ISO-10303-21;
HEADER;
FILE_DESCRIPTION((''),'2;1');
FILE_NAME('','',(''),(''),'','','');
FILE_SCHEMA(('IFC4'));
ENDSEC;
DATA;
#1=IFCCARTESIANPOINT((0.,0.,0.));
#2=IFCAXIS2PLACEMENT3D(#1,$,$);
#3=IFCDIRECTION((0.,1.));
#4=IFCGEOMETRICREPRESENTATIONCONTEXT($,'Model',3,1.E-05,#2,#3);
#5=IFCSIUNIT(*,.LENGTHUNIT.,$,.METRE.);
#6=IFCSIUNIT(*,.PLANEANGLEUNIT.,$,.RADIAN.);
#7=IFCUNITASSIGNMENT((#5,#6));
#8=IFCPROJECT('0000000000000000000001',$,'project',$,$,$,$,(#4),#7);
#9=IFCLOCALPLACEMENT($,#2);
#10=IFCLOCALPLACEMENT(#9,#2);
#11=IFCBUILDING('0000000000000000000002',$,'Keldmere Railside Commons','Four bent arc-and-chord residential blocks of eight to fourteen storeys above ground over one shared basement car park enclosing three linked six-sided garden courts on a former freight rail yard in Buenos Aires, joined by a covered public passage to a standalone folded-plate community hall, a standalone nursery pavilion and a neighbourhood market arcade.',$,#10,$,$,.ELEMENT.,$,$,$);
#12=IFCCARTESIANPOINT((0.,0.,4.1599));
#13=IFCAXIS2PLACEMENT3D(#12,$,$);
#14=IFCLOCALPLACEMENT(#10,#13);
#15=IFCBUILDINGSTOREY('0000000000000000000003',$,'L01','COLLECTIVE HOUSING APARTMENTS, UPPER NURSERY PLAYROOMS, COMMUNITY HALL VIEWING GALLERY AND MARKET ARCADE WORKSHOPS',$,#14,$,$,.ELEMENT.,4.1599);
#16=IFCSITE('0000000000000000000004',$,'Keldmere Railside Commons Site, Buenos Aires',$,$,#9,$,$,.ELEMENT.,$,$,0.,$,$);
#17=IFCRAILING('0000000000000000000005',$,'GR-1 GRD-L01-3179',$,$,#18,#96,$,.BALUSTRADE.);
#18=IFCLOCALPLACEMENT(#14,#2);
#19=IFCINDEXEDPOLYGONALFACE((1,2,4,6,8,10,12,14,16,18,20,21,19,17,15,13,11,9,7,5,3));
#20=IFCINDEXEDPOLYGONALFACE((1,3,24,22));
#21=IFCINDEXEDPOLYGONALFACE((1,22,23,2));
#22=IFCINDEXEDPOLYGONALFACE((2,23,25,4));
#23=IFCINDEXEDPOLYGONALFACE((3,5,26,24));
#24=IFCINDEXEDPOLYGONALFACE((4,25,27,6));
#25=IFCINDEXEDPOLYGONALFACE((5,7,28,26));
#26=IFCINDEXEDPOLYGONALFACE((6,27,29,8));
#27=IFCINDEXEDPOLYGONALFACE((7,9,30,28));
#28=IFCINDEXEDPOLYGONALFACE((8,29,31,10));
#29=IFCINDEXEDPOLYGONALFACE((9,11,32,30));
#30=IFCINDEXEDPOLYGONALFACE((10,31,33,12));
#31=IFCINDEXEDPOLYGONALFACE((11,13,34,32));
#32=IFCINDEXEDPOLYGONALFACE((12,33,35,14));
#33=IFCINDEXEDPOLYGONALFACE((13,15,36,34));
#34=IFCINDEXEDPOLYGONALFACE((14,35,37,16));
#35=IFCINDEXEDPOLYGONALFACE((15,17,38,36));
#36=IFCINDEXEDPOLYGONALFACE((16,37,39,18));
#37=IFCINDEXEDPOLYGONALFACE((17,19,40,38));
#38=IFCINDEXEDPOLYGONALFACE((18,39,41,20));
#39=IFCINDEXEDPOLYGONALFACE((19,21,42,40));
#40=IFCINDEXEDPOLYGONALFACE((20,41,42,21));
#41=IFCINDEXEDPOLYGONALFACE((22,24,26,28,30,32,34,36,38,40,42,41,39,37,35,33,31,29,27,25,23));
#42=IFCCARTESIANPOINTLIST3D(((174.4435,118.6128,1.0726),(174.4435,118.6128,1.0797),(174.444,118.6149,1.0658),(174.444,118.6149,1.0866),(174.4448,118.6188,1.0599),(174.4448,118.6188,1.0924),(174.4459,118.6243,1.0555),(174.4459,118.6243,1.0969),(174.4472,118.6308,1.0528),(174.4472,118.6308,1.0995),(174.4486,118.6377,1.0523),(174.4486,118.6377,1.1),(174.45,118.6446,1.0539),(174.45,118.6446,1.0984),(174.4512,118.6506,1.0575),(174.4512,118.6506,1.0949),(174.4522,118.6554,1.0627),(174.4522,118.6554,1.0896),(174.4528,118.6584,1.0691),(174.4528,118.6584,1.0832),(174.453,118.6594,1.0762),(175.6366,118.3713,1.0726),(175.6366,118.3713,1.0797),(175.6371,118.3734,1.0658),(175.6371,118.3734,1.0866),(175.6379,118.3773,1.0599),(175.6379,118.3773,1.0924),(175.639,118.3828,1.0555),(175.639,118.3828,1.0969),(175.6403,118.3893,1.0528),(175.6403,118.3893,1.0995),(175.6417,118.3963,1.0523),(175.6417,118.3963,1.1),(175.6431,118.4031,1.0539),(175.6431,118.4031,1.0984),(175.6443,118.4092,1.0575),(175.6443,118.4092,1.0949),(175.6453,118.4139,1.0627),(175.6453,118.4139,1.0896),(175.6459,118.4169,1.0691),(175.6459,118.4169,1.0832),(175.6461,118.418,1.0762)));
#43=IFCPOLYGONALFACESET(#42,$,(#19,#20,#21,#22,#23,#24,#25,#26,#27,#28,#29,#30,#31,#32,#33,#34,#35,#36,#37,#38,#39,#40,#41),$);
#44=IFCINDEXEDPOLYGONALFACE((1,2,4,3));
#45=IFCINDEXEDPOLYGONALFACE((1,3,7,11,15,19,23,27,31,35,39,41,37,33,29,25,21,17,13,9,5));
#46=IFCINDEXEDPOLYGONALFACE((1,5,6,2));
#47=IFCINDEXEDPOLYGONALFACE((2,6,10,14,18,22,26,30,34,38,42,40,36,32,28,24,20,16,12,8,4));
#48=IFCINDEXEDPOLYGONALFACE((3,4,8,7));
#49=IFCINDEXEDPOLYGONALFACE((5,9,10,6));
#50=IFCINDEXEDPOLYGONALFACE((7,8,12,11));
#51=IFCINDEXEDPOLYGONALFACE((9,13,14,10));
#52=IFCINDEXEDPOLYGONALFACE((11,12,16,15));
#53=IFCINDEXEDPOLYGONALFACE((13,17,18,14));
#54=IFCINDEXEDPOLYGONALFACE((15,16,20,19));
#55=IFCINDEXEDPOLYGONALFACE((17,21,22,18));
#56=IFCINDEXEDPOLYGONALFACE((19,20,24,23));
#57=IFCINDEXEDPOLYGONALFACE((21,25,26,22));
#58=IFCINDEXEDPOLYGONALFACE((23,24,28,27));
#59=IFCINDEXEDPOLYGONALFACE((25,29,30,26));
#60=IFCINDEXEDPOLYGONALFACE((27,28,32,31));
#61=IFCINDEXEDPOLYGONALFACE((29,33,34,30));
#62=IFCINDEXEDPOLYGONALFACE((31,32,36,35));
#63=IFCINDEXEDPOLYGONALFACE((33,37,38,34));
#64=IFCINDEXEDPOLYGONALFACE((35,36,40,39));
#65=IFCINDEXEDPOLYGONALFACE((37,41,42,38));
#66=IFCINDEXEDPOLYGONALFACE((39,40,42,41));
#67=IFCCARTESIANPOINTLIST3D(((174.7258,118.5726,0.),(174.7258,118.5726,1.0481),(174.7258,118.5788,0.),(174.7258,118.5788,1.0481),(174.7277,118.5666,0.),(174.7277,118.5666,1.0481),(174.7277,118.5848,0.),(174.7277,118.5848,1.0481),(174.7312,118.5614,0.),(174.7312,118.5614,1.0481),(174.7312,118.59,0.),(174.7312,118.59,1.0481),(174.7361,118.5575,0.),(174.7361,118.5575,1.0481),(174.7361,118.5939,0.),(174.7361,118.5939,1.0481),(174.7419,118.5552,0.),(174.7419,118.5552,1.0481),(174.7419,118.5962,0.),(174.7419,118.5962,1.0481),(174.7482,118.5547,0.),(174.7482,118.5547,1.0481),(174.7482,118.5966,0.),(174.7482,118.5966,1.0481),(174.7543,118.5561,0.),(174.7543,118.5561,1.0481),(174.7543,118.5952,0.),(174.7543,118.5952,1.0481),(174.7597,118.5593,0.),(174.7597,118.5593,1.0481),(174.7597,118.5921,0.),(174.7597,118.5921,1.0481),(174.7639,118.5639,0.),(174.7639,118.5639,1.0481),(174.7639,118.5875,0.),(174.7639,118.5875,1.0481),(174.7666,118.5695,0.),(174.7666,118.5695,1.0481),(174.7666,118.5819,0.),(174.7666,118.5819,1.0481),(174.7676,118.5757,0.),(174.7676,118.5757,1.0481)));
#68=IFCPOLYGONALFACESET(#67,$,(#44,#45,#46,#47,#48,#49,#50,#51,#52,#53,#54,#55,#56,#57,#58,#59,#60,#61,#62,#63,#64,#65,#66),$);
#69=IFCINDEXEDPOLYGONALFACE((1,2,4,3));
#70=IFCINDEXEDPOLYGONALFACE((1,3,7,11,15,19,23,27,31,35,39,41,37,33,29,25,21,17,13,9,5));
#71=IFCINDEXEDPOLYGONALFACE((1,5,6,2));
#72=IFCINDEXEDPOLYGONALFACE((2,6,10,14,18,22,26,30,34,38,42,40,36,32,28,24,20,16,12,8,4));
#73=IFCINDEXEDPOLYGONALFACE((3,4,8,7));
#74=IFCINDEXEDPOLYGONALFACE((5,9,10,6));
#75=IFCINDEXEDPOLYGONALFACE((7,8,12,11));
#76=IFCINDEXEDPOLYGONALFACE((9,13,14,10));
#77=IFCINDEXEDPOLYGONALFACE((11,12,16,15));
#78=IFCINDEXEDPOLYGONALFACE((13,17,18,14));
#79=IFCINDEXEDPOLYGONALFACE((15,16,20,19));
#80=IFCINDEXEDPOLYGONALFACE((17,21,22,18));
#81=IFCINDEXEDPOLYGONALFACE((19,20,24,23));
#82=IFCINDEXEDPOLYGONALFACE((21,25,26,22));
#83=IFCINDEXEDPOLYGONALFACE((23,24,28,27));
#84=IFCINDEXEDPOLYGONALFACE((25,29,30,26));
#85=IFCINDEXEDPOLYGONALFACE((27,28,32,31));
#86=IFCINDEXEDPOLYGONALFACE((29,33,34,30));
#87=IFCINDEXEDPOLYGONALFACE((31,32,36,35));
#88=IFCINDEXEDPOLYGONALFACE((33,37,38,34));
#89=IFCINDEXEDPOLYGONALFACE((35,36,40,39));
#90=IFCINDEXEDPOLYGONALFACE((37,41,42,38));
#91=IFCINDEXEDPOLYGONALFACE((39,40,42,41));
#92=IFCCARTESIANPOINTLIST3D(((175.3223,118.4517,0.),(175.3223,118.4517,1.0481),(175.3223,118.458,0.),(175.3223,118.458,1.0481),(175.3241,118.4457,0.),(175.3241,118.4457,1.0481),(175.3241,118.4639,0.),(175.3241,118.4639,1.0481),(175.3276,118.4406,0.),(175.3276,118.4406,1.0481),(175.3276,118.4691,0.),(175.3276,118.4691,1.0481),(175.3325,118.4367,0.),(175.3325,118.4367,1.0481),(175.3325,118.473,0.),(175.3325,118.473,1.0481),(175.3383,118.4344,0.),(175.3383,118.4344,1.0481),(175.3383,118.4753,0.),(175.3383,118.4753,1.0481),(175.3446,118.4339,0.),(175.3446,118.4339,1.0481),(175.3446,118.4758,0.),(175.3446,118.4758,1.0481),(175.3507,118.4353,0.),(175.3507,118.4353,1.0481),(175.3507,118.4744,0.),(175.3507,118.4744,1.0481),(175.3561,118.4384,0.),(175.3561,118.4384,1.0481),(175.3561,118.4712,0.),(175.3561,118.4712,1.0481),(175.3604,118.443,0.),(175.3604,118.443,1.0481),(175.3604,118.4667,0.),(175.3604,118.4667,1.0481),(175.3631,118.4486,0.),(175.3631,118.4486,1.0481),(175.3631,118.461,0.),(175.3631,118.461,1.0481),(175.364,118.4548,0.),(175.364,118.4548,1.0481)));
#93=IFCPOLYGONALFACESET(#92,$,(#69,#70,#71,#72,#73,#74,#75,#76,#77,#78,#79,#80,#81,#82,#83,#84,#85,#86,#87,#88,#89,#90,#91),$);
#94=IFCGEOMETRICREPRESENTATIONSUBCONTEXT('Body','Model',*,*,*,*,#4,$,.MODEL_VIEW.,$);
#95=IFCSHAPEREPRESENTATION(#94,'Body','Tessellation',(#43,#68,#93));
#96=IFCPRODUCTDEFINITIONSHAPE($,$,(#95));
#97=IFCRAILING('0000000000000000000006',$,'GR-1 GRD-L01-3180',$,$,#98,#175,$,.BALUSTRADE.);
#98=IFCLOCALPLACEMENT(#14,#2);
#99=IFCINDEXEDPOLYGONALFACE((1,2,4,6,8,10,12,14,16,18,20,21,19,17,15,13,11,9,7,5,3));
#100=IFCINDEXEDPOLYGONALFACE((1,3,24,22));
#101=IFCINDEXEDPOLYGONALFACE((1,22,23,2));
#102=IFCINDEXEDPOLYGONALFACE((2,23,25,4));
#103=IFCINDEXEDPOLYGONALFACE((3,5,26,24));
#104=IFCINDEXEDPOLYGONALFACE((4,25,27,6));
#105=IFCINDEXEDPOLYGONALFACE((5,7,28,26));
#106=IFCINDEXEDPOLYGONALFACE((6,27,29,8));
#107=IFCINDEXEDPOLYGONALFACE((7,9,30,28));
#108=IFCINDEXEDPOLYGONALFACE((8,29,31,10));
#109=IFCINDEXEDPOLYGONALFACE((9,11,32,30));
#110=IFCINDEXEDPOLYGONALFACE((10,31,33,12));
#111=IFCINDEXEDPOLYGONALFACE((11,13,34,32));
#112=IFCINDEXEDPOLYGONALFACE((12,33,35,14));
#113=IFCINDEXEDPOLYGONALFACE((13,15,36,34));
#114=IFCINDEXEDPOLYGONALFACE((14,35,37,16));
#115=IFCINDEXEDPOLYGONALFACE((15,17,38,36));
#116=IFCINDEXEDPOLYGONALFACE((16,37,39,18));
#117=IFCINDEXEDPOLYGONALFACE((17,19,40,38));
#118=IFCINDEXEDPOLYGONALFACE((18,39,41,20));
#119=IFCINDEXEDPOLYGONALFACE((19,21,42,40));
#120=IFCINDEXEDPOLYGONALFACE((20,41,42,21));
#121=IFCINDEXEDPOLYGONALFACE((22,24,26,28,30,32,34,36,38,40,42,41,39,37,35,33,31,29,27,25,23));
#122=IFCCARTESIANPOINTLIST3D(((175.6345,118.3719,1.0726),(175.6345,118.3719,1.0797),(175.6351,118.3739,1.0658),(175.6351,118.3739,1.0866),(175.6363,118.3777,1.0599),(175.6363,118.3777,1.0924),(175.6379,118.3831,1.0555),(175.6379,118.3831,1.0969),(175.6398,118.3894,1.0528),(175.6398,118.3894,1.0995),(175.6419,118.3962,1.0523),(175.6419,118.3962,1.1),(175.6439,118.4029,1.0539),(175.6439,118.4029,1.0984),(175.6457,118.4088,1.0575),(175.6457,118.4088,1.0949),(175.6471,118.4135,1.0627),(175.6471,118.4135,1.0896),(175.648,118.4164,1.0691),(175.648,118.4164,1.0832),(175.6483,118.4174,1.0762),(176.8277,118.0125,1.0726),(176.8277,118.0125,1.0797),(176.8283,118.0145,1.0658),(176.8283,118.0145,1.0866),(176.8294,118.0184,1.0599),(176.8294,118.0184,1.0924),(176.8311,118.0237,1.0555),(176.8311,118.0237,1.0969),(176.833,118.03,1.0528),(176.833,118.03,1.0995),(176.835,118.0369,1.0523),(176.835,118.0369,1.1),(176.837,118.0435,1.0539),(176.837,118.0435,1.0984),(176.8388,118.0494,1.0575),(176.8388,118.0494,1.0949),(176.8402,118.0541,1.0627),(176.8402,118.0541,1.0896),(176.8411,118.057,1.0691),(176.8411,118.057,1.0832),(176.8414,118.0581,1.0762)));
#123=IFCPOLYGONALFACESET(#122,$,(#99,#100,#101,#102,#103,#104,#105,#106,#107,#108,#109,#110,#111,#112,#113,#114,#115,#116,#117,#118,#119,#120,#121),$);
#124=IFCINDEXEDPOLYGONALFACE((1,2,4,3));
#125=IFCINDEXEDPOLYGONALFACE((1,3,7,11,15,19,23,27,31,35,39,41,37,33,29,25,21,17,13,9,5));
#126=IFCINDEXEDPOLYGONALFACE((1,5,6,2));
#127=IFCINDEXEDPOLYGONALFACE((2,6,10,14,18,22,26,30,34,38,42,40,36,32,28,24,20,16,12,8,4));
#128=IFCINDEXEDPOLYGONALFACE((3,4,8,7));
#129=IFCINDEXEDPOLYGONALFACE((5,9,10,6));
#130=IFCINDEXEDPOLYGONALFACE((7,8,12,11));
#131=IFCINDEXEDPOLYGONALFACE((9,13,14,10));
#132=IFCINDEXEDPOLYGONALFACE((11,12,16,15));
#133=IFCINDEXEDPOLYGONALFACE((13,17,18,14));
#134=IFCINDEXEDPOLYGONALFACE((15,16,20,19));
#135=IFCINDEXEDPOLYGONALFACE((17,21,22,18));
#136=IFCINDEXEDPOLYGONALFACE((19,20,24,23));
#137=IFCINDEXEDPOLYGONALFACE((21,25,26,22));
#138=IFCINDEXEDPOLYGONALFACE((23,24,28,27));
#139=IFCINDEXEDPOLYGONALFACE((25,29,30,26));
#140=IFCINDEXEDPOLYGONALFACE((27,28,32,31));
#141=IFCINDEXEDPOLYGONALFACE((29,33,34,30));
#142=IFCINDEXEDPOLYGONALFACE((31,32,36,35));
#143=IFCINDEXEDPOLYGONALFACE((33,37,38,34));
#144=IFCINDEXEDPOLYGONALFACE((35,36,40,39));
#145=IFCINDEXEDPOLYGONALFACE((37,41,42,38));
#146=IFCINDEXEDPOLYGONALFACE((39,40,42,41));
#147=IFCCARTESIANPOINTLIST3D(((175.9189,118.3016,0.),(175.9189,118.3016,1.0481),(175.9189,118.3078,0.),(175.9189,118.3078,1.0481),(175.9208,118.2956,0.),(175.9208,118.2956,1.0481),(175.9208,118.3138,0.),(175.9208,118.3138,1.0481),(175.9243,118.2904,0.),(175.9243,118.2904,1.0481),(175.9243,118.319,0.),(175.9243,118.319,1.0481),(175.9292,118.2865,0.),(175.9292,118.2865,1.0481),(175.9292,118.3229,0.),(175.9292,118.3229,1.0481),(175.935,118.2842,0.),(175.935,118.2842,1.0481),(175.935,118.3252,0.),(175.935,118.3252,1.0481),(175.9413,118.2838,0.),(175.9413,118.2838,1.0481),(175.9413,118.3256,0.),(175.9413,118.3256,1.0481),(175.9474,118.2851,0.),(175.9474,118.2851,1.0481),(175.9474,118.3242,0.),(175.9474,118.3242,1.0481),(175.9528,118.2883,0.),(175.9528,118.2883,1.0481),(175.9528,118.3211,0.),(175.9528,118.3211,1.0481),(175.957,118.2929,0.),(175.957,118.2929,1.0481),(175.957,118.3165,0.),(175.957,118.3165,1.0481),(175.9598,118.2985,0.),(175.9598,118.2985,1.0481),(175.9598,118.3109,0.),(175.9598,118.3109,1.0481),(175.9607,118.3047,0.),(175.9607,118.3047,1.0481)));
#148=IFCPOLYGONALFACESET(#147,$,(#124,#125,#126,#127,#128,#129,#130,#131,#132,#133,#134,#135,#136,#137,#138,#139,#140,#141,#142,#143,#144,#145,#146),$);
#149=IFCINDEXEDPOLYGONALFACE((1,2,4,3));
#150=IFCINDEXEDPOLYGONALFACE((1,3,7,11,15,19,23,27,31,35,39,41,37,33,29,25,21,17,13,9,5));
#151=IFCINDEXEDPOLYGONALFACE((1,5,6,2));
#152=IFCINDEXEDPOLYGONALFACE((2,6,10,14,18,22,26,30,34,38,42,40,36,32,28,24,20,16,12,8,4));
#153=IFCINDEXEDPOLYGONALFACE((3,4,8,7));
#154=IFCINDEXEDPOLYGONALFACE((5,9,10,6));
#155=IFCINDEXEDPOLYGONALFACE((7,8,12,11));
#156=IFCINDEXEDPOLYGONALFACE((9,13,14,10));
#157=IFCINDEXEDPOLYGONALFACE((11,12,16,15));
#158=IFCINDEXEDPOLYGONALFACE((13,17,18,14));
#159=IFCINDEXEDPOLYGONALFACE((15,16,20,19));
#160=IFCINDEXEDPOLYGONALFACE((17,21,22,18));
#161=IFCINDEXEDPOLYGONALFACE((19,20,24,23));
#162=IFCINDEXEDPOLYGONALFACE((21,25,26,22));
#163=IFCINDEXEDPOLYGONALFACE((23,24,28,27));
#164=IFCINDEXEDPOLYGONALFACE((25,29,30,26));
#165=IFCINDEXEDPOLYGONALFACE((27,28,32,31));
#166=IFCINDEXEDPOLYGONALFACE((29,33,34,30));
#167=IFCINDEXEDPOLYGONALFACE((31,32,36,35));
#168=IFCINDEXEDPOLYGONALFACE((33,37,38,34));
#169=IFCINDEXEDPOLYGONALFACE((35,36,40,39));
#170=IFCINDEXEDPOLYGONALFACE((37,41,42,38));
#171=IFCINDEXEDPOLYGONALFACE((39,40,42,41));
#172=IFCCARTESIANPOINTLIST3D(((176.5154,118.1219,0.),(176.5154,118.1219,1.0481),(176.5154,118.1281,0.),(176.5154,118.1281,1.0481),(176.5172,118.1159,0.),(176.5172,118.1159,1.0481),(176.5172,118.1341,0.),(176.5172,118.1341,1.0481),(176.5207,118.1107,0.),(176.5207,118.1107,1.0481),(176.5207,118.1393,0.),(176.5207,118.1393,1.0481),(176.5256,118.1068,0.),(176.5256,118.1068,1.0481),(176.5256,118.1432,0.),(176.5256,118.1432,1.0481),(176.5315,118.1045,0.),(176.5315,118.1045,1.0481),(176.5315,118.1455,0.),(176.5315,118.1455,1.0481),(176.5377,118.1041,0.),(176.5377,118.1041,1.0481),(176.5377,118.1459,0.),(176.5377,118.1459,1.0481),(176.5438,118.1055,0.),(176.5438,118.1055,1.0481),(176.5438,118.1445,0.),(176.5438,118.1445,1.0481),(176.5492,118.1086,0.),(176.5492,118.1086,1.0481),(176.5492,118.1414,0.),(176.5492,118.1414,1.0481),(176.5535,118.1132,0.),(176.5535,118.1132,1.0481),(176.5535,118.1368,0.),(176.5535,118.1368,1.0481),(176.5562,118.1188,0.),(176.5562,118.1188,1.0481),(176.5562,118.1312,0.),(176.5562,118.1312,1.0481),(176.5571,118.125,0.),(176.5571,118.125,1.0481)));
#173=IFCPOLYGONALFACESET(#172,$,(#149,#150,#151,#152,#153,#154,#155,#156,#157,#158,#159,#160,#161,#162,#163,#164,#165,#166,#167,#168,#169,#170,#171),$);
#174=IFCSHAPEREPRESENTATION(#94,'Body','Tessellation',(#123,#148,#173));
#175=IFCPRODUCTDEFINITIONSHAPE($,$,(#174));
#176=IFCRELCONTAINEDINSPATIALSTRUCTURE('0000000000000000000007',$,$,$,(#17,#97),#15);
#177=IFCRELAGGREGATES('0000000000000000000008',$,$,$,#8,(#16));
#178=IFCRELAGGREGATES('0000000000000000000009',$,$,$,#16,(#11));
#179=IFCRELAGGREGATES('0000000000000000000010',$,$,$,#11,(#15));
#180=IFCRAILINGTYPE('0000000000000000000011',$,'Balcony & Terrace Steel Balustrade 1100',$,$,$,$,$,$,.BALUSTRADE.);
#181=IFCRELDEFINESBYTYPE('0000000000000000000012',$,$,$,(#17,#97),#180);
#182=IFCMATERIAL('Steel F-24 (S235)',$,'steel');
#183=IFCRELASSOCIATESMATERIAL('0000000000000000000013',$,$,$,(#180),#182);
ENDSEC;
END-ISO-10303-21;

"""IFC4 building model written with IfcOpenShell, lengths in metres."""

from ifc_helpers import new_model, si_unit, direction, frame, origin, origin_2d, place, context, subcontext, project, spatial, circle, extrude, material, type_object, element, save


model = new_model("IFC4")

# Units and contexts
model_context = context("Model", 3, precision=1e-05, world=origin(), true_north=direction((0.0, 1.0)))
body_context = subcontext(model_context, "Body", "Model", "MODEL_VIEW")
ifc_project = project(units=[si_unit("LENGTHUNIT", "METRE"), si_unit("PLANEANGLEUNIT", "RADIAN")], contexts=[model_context])

# Site, building, storey
site_placement = place(None, origin())
site = spatial("IfcSite", under=ifc_project, at=site_placement, Name="Keldmere Railside Commons Site, Buenos Aires", CompositionType="ELEMENT", RefElevation=0.0)
building_placement = place(site_placement, origin())
building = spatial("IfcBuilding", under=site, at=building_placement, Name="Keldmere Railside Commons", Description="Four bent arc-and-chord residential blocks of eight to fourteen storeys above ground over one shared basement car park enclosing three linked six-sided garden courts on a former freight rail yard in Buenos Aires, joined by a covered public passage to a standalone folded-plate community hall, a standalone nursery pavilion and a neighbourhood market arcade.", CompositionType="ELEMENT")
storey_placement = place(building_placement, frame((0.0, 0.0, 4.1599)))
storey = spatial("IfcBuildingStorey", under=building, at=storey_placement, Name="L01", Description="COLLECTIVE HOUSING APARTMENTS, UPPER NURSERY PLAYROOMS, COMMUNITY HALL VIEWING GALLERY AND MARKET ARCADE WORKSHOPS", CompositionType="ELEMENT", Elevation=4.1599)

# Railings
ifc_material_1 = material(Name="Steel F-24 (S235)", Category="steel")
railing_type = type_object("IfcRailingType", Name="Balcony & Terrace Steel Balustrade 1100", PredefinedType="BALUSTRADE", material=ifc_material_1)
railing_1_placement = place(storey_placement, frame((174.4482, 118.636, 0.0)))
element("IfcRailing", 1, at=railing_1_placement, inside=storey, type_object=railing_type, Name="GR-1 GRD-L01-3179", PredefinedType="BALUSTRADE", context=body_context, shape_type="SweptSolid", body=[
    extrude(circle(Radius=0.0239, at=origin_2d()), frame((0.0, 0.0, 1.0762), z_axis=(0.980131, -0.198353, 0.0), x_axis=(0.198353, 0.980131, 0.0)), (0.0, 0.0, 1.0), 1.2173),
    extrude(circle(Radius=0.021, at=origin_2d()), frame((0.2983, -0.0603, 0.0)), (0.0, 0.0, 1.0), 1.0481),
    extrude(circle(Radius=0.021, at=origin_2d()), frame((0.8948, -0.1812, 0.0)), (0.0, 0.0, 1.0), 1.0481),
])
railing_2_placement = place(storey_placement, frame((175.6414, 118.3945, 0.0)))
element("IfcRailing", 2, at=railing_2_placement, inside=storey, type_object=railing_type, Name="GR-1 GRD-L01-3180", PredefinedType="BALUSTRADE", context=body_context, shape_type="SweptSolid", body=[
    extrude(circle(Radius=0.0239, at=origin_2d()), frame((0.0, 0.0, 1.0762), z_axis=(0.957508, -0.288408, 0.0), x_axis=(0.288408, 0.957508, 0.0)), (0.0, 0.0, 1.0), 1.2461),
    extrude(circle(Radius=0.021, at=origin_2d()), frame((0.2983, -0.0898, 0.0)), (0.0, 0.0, 1.0), 1.0481),
    extrude(circle(Radius=0.021, at=origin_2d()), frame((0.8948, -0.2695, 0.0)), (0.0, 0.0, 1.0), 1.0481),
])

save(model, "model.ifc")
